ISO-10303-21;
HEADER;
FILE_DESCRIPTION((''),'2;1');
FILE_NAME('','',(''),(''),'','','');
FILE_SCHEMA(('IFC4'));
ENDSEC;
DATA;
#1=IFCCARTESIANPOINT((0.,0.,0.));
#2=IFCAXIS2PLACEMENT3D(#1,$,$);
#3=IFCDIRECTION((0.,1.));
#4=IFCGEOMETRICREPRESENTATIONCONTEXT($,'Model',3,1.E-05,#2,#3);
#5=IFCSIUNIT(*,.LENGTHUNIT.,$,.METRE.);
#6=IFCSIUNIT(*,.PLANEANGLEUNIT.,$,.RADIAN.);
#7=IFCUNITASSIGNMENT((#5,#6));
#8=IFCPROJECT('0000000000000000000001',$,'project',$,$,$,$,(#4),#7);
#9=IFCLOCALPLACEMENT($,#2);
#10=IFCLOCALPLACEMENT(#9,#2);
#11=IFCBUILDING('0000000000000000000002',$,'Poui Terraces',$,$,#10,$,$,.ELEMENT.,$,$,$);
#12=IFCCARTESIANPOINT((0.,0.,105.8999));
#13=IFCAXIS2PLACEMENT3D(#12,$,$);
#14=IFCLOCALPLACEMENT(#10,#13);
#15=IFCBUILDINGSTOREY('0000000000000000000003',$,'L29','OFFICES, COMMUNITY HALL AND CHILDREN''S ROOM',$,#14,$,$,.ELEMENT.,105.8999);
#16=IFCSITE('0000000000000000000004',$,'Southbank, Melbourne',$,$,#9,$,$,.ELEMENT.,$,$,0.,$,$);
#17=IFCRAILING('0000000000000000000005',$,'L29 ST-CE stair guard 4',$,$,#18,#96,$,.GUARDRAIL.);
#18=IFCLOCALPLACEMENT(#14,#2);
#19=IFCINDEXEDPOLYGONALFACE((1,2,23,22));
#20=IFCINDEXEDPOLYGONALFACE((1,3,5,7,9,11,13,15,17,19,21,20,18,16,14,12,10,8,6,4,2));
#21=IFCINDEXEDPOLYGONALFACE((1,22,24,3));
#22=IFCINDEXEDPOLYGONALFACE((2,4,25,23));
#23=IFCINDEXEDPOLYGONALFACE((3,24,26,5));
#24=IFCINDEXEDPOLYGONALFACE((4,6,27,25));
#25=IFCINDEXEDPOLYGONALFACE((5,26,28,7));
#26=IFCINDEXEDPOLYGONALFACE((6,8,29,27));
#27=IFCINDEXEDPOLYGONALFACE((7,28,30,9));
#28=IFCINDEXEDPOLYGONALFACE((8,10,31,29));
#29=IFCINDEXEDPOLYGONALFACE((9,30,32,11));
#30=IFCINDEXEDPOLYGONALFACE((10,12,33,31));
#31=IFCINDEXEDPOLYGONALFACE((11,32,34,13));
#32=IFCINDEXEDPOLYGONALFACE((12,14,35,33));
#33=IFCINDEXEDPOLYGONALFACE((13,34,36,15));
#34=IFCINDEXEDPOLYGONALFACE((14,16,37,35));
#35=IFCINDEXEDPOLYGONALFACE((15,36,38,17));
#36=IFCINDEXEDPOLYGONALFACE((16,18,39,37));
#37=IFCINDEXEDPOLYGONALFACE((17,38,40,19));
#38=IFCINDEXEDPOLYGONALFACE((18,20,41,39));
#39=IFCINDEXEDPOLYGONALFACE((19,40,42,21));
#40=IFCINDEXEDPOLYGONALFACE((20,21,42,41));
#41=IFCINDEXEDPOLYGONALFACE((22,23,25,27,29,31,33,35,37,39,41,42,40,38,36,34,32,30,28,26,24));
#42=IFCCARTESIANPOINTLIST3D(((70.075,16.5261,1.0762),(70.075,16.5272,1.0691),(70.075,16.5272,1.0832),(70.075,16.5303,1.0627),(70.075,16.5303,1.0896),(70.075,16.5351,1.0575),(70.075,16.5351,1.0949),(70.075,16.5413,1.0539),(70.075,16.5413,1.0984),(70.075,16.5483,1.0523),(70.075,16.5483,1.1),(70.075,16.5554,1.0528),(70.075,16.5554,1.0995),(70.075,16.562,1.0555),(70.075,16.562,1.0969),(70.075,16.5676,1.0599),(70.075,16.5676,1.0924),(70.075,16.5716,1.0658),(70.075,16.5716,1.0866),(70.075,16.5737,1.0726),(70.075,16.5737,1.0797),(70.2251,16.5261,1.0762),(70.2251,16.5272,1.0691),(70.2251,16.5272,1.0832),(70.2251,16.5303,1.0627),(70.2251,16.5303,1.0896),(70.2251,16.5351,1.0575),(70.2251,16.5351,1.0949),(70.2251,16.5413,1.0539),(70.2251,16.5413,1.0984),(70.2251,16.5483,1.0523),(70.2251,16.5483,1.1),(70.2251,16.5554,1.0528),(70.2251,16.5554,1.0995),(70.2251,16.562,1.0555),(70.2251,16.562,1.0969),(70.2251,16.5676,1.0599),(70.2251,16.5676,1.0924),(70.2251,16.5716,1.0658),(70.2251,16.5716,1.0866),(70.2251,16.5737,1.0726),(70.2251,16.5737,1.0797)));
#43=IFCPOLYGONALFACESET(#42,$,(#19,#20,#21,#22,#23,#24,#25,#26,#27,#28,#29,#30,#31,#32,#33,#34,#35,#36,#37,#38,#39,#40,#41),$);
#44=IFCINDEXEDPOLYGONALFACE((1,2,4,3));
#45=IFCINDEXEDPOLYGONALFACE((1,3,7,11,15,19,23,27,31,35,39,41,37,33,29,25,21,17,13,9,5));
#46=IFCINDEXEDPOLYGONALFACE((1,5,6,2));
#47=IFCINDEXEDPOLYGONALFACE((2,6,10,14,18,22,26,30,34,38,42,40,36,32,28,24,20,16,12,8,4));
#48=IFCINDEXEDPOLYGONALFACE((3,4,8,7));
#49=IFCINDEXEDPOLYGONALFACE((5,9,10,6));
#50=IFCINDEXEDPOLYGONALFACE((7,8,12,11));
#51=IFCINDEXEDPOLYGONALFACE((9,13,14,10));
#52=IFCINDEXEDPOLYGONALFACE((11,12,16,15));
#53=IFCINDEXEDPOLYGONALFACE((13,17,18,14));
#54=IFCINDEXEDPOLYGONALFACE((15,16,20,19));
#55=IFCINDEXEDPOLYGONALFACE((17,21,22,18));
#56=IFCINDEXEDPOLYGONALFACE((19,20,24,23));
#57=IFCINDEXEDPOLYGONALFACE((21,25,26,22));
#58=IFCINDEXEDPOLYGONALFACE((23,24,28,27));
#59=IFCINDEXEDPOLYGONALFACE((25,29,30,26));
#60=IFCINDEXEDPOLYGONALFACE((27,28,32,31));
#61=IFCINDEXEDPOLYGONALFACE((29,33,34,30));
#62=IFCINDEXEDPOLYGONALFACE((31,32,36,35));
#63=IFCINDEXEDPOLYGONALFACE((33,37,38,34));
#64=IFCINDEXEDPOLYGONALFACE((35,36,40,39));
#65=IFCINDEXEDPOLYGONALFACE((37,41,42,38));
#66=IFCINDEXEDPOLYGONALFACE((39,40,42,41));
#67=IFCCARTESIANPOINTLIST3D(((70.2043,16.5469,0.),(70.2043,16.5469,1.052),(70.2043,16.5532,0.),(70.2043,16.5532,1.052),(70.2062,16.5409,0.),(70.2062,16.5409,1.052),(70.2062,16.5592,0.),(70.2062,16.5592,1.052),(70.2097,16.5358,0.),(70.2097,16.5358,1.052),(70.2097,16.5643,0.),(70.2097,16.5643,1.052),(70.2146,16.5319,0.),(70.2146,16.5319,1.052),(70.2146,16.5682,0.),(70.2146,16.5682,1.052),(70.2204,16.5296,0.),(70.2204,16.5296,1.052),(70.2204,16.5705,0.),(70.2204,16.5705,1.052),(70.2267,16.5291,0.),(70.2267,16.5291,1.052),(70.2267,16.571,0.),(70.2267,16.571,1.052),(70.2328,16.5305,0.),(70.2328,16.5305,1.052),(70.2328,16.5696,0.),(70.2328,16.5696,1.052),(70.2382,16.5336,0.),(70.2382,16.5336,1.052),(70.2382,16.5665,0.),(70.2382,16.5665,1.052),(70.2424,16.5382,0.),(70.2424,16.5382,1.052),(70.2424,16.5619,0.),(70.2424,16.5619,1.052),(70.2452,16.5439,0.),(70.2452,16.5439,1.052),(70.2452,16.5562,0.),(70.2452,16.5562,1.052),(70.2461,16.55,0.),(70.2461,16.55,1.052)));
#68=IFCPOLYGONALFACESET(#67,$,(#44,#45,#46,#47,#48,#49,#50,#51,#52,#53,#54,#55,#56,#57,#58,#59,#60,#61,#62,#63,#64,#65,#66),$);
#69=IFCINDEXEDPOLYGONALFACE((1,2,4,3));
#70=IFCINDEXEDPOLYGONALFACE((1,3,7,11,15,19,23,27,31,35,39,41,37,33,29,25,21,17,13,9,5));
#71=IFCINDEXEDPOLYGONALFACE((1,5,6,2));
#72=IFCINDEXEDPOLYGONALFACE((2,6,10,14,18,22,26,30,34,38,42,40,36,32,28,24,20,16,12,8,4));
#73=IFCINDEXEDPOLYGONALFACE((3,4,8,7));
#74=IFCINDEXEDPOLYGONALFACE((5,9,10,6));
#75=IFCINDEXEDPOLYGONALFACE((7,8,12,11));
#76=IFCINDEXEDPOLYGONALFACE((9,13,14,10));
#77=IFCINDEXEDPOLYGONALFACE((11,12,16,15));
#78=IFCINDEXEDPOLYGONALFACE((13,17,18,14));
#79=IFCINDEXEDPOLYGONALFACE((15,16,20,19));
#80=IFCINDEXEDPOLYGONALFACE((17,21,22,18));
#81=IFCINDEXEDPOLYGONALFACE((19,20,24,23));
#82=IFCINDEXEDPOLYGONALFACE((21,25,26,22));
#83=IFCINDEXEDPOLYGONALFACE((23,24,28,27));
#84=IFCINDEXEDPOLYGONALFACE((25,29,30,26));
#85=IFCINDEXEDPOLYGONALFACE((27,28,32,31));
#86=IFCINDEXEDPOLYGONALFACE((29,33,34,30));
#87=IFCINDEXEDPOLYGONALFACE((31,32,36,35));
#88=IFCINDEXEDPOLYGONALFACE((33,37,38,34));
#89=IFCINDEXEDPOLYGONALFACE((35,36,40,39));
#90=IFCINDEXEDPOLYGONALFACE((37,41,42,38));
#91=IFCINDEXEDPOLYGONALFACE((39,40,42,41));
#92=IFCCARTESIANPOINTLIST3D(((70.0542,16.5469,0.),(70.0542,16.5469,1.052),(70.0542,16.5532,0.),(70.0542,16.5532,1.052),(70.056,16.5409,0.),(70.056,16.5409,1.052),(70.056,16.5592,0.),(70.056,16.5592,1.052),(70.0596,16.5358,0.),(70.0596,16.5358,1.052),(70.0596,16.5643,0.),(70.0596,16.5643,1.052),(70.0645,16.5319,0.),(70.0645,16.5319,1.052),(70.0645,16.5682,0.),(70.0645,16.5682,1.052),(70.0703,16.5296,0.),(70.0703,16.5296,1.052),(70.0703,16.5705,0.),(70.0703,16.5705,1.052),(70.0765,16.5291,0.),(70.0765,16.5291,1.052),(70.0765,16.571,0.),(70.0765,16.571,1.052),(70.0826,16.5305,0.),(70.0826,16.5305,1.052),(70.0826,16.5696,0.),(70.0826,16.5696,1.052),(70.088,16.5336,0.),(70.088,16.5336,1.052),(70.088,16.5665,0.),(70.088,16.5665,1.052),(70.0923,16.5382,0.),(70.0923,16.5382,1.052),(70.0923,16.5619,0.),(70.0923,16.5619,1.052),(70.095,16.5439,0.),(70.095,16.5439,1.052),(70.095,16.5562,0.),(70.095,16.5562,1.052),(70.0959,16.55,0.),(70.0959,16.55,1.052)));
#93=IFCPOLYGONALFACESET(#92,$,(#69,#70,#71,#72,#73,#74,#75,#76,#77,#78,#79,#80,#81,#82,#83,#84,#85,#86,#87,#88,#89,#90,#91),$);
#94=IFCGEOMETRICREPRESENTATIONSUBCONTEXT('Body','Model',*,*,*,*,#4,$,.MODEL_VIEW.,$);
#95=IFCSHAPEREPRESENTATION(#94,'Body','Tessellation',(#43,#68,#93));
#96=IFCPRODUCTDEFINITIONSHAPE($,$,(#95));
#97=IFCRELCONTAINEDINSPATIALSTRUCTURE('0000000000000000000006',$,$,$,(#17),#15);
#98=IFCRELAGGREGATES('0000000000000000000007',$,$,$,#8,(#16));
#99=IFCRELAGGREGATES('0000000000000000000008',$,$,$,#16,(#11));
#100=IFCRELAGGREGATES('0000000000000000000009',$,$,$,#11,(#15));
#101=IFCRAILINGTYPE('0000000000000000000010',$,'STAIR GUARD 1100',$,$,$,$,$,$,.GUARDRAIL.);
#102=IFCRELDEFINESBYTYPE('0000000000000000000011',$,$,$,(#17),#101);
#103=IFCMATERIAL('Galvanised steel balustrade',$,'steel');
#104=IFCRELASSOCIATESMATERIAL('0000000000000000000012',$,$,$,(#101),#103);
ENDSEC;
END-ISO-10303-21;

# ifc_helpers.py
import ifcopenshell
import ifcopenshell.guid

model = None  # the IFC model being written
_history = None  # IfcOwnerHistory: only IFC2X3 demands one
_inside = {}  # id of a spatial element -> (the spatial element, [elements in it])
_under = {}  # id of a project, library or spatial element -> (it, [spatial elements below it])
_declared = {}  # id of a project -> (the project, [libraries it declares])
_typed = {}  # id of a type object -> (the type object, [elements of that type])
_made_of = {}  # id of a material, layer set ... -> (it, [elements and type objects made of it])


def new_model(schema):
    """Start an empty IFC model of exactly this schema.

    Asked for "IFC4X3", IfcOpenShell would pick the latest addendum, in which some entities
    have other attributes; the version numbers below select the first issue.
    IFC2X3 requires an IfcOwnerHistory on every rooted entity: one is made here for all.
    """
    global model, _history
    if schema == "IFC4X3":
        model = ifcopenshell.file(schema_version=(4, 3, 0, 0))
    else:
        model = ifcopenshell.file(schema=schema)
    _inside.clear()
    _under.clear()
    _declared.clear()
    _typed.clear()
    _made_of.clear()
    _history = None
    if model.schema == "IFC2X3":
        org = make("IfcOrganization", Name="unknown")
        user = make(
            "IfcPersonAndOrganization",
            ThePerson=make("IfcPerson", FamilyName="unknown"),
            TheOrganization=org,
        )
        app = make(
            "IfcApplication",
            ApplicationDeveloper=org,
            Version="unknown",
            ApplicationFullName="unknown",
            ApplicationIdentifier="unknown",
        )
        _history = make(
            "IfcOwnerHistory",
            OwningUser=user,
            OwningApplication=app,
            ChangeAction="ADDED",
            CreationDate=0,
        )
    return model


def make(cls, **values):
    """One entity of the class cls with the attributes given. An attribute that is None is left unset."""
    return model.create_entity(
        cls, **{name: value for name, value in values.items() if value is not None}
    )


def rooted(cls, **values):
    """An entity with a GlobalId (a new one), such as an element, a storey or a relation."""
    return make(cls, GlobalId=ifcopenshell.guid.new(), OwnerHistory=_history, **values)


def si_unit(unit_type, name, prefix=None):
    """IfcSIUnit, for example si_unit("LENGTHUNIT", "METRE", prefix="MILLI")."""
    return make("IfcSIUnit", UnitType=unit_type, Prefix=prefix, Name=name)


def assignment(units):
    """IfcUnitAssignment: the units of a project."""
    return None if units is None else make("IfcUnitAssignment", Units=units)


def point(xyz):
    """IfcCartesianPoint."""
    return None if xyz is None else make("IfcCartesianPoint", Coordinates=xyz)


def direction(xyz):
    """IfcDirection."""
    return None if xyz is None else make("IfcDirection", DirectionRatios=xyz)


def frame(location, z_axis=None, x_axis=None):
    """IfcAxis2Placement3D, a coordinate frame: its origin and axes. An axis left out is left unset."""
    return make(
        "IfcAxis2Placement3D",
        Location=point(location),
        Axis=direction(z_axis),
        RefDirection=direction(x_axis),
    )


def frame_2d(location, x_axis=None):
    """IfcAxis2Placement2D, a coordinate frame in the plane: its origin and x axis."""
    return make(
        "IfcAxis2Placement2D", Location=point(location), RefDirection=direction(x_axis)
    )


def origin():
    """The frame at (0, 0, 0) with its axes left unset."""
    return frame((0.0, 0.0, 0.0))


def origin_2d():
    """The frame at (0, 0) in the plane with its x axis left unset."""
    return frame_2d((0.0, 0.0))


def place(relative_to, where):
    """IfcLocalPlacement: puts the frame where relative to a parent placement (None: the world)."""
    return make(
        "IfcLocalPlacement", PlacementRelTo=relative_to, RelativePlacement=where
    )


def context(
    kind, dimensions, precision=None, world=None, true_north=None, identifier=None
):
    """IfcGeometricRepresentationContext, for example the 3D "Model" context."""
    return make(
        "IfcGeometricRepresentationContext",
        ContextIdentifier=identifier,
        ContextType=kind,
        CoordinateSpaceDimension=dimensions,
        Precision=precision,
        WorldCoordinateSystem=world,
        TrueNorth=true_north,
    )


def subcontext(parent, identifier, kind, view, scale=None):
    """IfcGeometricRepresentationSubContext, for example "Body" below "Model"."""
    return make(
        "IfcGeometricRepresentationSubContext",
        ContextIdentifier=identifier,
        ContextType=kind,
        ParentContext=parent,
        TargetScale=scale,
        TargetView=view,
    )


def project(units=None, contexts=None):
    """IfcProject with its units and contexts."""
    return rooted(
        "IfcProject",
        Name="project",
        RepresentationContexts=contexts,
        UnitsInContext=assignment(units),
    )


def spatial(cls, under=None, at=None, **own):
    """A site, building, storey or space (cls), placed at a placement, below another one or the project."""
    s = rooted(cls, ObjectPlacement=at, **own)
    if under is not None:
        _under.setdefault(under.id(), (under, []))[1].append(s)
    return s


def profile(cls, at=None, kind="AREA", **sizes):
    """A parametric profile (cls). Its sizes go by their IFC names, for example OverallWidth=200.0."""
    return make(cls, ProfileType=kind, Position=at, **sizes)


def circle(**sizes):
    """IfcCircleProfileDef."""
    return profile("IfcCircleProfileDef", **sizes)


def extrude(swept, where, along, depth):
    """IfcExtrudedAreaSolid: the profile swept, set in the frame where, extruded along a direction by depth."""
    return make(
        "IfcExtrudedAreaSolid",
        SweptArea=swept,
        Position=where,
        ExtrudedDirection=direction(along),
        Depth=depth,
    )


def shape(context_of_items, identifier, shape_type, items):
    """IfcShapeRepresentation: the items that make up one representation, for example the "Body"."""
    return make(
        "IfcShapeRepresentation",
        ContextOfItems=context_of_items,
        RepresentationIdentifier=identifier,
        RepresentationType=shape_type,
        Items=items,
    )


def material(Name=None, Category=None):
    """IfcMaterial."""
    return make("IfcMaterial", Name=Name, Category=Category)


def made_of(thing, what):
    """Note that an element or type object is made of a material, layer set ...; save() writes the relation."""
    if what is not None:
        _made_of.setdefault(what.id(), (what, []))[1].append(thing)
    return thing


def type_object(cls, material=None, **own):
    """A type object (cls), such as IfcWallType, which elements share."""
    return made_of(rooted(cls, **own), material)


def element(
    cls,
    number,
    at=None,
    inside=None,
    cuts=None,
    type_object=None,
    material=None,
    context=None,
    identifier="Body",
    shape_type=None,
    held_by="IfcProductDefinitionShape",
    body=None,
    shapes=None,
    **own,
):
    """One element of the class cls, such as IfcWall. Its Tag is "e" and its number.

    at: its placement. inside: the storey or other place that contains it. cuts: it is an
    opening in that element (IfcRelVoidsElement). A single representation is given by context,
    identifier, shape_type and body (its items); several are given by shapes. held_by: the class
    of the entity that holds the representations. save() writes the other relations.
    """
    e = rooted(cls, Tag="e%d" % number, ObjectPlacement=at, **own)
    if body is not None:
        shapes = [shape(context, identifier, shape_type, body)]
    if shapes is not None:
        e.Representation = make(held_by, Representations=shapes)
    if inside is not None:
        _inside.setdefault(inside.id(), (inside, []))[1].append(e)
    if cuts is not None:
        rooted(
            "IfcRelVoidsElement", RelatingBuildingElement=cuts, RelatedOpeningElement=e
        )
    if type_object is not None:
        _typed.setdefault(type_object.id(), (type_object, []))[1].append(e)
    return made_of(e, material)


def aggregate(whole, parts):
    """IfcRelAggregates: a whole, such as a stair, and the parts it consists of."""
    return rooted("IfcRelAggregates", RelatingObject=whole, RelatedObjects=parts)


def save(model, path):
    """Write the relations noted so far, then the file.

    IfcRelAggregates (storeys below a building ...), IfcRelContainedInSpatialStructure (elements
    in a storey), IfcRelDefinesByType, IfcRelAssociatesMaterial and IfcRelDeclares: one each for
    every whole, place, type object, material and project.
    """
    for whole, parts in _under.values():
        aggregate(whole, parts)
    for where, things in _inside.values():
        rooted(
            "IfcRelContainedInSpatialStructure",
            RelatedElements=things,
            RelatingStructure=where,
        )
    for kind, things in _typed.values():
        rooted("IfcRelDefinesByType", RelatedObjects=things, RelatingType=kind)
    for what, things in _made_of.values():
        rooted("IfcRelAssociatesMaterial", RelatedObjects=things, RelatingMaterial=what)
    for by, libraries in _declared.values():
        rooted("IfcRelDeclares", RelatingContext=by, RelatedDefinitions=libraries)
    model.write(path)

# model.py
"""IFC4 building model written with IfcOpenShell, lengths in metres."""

from ifc_helpers import new_model, si_unit, direction, frame, origin, origin_2d, place, context, subcontext, project, spatial, circle, extrude, material, type_object, element, save


model = new_model("IFC4")

# Units and contexts
model_context = context("Model", 3, precision=1e-05, world=origin(), true_north=direction((0.0, 1.0)))
body_context = subcontext(model_context, "Body", "Model", "MODEL_VIEW")
ifc_project = project(units=[si_unit("LENGTHUNIT", "METRE"), si_unit("PLANEANGLEUNIT", "RADIAN")], contexts=[model_context])

# Site, building, storey
site_placement = place(None, origin())
site = spatial("IfcSite", under=ifc_project, at=site_placement, Name="Southbank, Melbourne", CompositionType="ELEMENT", RefElevation=0.0)
building_placement = place(site_placement, origin())
building = spatial("IfcBuilding", under=site, at=building_placement, Name="Poui Terraces", CompositionType="ELEMENT")
storey_placement = place(building_placement, frame((0.0, 0.0, 105.8999)))
storey = spatial("IfcBuildingStorey", under=building, at=storey_placement, Name="L29", Description="OFFICES, COMMUNITY HALL AND CHILDREN'S ROOM", CompositionType="ELEMENT", Elevation=105.8999)

# Railing
ifc_material_1 = material(Name="Galvanised steel balustrade", Category="steel")
railing_type_1 = type_object("IfcRailingType", Name="STAIR GUARD 1100", PredefinedType="GUARDRAIL", material=ifc_material_1)
railing_1_placement = place(storey_placement, frame((70.2251, 16.55, 0.0)))
element("IfcRailing", 1, at=railing_1_placement, inside=storey, type_object=railing_type_1, Name="L29 ST-CE stair guard 4", PredefinedType="GUARDRAIL", context=body_context, shape_type="SweptSolid", body=[
    extrude(circle(Radius=0.0239, at=origin_2d()), frame((0.0, 0.0, 1.0762), z_axis=(-1.0, 0.0, 0.0), x_axis=(0.0, -1.0, 0.0)), (0.0, 0.0, 1.0), 0.1501),
    extrude(circle(Radius=0.021, at=origin_2d()), origin(), (0.0, 0.0, 1.0), 1.052),
    extrude(circle(Radius=0.021, at=origin_2d()), frame((-0.1501, 0.0, 0.0)), (0.0, 0.0, 1.0), 1.052),
])

save(model, "model.ifc")
